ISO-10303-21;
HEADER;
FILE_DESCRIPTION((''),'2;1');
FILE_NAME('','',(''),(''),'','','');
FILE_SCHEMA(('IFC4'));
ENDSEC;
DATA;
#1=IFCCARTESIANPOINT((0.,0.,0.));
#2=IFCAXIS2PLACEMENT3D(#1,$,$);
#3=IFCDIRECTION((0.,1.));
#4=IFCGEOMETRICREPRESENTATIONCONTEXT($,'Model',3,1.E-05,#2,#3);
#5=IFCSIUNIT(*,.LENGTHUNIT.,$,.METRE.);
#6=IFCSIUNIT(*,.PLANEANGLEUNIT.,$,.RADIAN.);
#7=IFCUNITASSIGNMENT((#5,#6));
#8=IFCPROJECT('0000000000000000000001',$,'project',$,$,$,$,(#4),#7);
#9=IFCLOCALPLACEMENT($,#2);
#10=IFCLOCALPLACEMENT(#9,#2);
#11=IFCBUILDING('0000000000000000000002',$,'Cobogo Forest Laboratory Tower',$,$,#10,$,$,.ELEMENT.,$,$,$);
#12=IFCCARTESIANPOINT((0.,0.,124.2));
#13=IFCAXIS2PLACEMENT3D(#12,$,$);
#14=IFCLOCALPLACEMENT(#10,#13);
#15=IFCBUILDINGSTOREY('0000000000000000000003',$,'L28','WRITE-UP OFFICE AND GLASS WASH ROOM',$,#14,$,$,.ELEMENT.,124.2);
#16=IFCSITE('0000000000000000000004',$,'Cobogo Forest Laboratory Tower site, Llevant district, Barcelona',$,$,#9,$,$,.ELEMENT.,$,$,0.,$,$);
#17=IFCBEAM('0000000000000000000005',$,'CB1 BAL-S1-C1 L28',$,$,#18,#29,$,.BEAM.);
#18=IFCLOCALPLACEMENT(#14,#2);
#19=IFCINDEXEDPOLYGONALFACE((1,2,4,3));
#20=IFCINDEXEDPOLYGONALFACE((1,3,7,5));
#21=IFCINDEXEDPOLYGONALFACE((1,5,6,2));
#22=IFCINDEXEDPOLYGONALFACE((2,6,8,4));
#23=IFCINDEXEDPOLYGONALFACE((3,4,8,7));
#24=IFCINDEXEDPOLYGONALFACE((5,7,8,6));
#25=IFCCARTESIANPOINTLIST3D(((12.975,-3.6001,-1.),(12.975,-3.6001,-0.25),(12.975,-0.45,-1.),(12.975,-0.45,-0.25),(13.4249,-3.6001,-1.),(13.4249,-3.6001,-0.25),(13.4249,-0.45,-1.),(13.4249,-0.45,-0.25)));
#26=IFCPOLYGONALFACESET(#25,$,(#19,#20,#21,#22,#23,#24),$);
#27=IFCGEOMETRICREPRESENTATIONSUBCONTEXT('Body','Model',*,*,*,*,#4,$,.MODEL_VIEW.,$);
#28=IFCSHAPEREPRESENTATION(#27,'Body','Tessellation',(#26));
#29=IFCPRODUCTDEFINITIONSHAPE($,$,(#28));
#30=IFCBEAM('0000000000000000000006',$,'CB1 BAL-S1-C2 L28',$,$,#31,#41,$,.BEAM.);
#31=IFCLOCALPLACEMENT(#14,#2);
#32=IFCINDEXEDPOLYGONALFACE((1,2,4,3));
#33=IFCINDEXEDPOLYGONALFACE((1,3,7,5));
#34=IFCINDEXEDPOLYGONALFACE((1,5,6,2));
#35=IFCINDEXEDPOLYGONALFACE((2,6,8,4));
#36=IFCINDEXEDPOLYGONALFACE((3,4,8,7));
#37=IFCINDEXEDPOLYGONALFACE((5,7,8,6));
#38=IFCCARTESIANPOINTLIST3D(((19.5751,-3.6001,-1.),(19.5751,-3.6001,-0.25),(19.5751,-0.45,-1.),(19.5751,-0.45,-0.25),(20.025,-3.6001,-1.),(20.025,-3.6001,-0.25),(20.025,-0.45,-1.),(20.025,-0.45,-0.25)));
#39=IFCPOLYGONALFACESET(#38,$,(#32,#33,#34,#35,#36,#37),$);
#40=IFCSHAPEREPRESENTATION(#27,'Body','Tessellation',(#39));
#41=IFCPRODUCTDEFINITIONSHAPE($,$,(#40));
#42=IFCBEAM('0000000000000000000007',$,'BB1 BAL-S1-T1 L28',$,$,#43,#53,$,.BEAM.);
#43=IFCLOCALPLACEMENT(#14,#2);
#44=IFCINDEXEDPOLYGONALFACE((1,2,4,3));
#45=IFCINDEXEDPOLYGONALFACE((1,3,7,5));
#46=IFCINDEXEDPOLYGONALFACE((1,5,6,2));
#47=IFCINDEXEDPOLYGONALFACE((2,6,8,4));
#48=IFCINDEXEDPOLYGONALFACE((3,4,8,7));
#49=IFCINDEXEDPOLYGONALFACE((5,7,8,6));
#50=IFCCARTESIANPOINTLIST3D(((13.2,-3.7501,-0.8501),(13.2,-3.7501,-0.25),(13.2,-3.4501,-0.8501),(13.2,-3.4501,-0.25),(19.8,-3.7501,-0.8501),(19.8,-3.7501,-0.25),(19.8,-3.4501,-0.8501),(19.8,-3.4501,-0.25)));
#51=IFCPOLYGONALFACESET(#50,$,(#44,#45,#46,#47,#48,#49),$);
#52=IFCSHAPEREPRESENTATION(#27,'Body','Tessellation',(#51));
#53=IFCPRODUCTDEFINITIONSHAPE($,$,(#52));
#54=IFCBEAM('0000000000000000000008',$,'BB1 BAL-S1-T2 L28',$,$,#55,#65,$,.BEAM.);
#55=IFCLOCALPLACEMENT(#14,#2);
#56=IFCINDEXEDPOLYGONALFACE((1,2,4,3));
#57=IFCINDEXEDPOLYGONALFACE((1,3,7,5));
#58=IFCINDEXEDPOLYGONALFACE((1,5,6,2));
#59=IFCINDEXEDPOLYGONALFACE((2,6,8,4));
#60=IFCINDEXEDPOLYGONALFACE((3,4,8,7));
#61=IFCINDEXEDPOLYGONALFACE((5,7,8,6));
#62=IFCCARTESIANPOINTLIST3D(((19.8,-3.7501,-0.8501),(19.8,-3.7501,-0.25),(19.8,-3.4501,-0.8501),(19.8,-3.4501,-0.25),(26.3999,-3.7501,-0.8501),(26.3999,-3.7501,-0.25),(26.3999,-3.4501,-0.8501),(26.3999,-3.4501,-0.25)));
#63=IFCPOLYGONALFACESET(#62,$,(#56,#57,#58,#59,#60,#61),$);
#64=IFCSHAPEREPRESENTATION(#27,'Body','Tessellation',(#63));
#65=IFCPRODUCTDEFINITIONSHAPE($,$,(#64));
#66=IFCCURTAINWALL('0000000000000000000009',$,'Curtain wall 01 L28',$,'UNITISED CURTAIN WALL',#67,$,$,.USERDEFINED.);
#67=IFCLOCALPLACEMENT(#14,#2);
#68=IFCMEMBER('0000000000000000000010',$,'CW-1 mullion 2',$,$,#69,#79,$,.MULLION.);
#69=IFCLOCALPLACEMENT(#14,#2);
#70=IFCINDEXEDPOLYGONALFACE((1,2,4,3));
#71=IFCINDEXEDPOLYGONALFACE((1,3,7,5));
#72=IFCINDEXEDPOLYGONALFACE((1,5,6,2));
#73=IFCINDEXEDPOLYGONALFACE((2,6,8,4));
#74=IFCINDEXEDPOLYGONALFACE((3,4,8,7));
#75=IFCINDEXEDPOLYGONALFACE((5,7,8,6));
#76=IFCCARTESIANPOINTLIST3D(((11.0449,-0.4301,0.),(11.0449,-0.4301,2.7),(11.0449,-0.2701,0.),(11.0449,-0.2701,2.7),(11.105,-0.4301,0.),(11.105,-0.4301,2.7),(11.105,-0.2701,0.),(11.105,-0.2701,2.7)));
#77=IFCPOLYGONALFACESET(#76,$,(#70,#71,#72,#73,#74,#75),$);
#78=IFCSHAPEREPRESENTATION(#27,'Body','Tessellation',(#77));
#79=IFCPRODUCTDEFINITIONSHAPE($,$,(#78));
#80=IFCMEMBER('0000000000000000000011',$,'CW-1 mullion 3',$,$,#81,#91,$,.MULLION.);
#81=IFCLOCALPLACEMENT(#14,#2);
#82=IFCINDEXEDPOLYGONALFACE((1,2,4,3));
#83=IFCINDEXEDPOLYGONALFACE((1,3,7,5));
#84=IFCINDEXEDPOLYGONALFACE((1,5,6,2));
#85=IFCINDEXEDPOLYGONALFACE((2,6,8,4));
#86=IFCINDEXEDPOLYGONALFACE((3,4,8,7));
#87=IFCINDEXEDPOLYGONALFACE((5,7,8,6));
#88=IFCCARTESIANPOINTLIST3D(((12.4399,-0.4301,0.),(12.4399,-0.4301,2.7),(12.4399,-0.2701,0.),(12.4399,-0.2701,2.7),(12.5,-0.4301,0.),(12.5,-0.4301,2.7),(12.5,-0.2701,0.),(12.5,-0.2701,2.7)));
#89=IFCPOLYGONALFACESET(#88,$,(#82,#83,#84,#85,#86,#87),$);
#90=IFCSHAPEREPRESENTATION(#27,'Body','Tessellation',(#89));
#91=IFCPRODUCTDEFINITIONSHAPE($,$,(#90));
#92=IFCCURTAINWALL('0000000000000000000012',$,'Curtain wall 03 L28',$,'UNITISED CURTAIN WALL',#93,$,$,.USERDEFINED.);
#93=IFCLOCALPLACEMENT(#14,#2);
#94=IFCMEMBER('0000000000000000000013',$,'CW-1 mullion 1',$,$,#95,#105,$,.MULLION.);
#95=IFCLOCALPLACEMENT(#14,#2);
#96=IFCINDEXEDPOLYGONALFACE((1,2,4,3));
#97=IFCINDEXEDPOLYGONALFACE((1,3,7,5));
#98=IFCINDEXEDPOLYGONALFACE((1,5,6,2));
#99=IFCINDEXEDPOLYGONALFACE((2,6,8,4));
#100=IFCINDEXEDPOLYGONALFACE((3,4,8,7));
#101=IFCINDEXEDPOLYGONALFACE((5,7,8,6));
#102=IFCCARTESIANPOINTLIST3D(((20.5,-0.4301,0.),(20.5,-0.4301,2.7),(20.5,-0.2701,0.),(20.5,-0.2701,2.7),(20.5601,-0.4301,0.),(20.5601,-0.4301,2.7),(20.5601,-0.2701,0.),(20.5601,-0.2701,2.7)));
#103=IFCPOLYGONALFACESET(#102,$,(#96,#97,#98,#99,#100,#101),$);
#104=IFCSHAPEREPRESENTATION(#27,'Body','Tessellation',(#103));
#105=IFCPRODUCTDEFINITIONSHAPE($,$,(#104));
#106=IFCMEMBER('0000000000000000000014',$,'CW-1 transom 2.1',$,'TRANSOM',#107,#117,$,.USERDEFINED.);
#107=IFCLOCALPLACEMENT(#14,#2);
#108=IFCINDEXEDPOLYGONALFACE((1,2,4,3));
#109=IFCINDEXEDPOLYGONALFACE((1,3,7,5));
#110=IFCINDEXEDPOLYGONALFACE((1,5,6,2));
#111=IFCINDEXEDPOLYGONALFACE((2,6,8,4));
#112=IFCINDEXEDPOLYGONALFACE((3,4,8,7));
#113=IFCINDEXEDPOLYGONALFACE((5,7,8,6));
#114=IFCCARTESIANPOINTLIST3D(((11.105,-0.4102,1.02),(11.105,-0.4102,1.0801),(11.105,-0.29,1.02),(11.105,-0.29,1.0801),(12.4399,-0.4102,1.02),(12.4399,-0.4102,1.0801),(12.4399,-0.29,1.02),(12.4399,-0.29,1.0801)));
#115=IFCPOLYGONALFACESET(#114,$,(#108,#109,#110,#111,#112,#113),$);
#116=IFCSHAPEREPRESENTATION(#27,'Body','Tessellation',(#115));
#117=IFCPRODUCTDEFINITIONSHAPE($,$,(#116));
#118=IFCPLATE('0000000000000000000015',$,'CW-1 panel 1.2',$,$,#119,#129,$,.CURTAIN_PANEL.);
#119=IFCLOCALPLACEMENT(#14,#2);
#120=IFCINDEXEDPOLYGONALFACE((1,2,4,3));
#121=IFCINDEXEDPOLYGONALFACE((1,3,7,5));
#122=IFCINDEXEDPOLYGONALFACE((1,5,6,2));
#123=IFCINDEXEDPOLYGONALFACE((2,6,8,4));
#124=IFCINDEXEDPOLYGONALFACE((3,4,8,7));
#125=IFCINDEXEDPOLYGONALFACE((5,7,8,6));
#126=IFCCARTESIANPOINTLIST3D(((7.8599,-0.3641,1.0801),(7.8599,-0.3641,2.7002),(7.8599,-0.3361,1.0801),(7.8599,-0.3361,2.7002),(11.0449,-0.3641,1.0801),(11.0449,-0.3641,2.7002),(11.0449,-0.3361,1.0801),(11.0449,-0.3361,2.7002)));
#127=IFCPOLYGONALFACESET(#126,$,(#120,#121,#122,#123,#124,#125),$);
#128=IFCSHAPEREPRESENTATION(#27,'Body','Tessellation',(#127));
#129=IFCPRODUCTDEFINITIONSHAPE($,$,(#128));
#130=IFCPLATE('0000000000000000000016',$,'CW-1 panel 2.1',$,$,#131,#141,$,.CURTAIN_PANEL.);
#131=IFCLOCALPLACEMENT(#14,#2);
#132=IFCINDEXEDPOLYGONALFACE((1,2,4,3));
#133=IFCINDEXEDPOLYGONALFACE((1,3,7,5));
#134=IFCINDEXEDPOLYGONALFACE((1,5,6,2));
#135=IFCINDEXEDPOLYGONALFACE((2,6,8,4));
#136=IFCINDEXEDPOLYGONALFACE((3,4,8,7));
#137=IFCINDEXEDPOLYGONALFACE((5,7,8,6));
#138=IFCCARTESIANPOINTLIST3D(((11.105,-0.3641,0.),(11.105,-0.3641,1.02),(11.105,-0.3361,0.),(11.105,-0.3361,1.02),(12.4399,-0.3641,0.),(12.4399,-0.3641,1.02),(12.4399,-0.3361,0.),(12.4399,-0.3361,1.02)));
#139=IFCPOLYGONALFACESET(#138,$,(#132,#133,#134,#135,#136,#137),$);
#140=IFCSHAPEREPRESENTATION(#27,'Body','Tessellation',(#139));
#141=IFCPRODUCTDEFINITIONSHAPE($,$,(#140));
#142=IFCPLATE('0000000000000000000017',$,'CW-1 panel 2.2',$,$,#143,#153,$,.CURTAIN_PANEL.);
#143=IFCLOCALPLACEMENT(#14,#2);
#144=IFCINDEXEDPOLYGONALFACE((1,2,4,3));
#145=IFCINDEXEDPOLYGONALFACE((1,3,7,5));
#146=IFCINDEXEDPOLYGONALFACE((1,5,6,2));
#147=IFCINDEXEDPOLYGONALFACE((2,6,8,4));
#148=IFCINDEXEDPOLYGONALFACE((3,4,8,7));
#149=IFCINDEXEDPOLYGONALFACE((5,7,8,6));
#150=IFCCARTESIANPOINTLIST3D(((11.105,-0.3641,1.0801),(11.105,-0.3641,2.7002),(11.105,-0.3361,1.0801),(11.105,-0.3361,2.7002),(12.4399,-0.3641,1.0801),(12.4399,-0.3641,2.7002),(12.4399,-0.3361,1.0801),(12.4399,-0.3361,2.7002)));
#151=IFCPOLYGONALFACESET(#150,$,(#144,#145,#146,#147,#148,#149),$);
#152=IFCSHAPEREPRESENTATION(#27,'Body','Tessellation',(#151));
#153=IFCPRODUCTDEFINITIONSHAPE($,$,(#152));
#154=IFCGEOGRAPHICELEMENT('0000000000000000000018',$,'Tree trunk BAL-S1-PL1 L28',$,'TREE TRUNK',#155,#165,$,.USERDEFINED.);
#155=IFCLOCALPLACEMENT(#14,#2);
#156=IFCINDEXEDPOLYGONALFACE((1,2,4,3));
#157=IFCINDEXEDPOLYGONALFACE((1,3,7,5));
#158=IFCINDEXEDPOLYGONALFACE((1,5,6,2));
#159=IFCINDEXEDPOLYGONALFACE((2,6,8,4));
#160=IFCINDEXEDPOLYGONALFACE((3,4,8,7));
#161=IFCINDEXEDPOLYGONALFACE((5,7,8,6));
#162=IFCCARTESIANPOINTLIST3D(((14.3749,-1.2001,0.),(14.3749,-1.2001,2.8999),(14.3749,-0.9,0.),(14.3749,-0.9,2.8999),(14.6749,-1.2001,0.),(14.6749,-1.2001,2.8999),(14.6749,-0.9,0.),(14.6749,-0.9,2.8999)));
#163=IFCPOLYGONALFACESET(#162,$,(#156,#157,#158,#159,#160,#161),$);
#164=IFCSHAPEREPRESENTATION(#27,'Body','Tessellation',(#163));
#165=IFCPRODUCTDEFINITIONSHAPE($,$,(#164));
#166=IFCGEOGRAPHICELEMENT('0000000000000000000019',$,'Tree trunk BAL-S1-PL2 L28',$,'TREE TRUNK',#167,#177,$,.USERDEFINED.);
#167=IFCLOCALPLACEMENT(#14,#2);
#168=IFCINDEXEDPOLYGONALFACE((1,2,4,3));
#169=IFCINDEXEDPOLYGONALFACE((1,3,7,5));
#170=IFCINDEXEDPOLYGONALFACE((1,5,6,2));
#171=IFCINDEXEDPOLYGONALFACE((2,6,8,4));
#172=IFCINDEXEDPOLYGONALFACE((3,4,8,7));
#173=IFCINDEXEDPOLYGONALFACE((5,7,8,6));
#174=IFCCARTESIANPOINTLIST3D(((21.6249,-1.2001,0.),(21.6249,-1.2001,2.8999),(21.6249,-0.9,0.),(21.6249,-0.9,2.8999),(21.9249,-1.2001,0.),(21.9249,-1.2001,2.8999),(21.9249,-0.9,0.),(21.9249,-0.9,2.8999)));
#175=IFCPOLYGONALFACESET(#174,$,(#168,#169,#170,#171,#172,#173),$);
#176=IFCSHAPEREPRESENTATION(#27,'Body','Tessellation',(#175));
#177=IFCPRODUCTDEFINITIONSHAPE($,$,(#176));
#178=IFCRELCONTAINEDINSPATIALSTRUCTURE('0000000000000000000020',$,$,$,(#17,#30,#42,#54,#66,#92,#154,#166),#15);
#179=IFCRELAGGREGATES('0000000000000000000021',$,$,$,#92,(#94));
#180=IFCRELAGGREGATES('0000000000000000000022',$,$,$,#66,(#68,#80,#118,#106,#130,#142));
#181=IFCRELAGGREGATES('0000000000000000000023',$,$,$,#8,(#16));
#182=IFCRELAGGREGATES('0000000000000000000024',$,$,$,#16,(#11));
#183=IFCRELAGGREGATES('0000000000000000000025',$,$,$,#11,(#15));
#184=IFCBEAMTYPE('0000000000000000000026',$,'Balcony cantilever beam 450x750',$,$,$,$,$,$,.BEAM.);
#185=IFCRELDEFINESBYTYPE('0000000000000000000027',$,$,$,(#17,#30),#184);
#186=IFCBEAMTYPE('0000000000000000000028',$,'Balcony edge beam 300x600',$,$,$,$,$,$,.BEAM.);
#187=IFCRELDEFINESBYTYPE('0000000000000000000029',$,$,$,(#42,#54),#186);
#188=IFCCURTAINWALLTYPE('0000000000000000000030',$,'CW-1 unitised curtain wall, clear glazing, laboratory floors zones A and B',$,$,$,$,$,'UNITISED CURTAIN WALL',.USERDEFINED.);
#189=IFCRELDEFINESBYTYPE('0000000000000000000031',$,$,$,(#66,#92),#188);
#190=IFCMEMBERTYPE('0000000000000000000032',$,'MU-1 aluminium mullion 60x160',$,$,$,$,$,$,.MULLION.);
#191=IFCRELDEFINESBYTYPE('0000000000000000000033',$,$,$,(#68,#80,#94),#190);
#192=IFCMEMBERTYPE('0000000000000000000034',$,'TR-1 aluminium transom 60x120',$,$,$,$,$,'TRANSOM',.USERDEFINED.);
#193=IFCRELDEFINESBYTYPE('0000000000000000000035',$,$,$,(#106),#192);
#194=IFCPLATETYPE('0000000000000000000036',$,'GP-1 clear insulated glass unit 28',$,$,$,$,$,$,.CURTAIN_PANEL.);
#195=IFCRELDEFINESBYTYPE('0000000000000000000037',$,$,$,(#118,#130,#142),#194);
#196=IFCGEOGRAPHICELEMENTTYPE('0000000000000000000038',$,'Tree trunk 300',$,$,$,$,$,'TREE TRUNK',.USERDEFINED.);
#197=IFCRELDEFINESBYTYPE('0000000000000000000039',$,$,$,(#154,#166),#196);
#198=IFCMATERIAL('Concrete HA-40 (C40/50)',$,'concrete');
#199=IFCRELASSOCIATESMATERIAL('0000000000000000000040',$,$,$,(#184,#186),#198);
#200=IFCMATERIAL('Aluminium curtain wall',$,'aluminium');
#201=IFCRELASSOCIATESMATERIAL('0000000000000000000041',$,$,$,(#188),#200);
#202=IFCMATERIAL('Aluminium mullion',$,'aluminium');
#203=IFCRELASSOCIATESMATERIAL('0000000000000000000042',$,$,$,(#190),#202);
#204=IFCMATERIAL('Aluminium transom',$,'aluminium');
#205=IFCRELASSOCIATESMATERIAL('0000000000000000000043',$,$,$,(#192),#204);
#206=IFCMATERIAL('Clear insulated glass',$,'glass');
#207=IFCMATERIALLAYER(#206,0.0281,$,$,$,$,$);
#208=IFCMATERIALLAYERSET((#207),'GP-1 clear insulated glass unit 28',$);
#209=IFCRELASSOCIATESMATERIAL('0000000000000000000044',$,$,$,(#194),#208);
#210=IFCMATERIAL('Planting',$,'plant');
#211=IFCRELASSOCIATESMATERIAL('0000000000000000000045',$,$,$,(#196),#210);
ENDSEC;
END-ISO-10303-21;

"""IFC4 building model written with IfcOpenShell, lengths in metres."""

from ifc_helpers import new_model, si_unit, direction, frame, origin, origin_2d, place, context, subcontext, project, spatial, rectangle, extrude, material, layer, layer_set, material_profile, profile_set, type_object, element, aggregate, save


model = new_model("IFC4")

# Units and contexts
model_context = context("Model", 3, precision=1e-05, world=origin(), true_north=direction((0.0, 1.0)))
body_context = subcontext(model_context, "Body", "Model", "MODEL_VIEW")
ifc_project = project(units=[si_unit("LENGTHUNIT", "METRE"), si_unit("PLANEANGLEUNIT", "RADIAN")], contexts=[model_context])

# Site, building, storey
site_placement = place(None, origin())
site = spatial("IfcSite", under=ifc_project, at=site_placement, Name="Cobogo Forest Laboratory Tower site, Llevant district, Barcelona", CompositionType="ELEMENT", RefElevation=0.0)
building_placement = place(site_placement, origin())
building = spatial("IfcBuilding", under=site, at=building_placement, Name="Cobogo Forest Laboratory Tower", CompositionType="ELEMENT")
storey_placement = place(building_placement, frame((0.0, 0.0, 124.2)))
storey = spatial("IfcBuildingStorey", under=building, at=storey_placement, Name="L28", Description="WRITE-UP OFFICE AND GLASS WASH ROOM", CompositionType="ELEMENT", Elevation=124.2)

# Beams
ifc_material_1 = material(Name="Concrete HA-40 (C40/50)", Category="concrete")
ifc_material_profile_1 = material_profile(ifc_material_1, rectangle(XDim=0.45, YDim=0.75, at=origin_2d()), Name="RC 450x750")
ifc_profile_set_1 = profile_set([ifc_material_profile_1], Name="Concrete HA-40 (C40/50)")
beam_type_1 = type_object("IfcBeamType", Name="Balcony cantilever beam 450x750", PredefinedType="BEAM", material=ifc_profile_set_1)
for number, where, z_axis, x_axis, name in (
    (1, (13.2, -0.45, -0.625), (0.0, -1.0, 0.0), (1.0, 0.0, 0.0), "CB1 BAL-S1-C1 L28"),
    (2, (19.8, -0.45, -0.625), (0.0, -1.0, 0.0), (1.0, 0.0, 0.0), "CB1 BAL-S1-C2 L28"),
):
    element("IfcBeam", number, at=place(storey_placement, frame(where, z_axis=z_axis, x_axis=x_axis)), inside=storey, type_object=beam_type_1, Name=name, PredefinedType="BEAM", context=body_context, shape_type="SweptSolid", body=[
        extrude(rectangle(XDim=0.45, YDim=0.75, at=origin_2d()), origin(), (0.0, 0.0, 1.0), 3.1501),
    ])
ifc_material_profile_2 = material_profile(ifc_material_1, rectangle(XDim=0.3, YDim=0.6001, at=origin_2d()), Name="RC 300x600")
ifc_profile_set_2 = profile_set([ifc_material_profile_2], Name="Concrete HA-40 (C40/50)")
beam_type_2 = type_object("IfcBeamType", Name="Balcony edge beam 300x600", PredefinedType="BEAM", material=ifc_profile_set_2)
beam_1_placement = place(storey_placement, frame((13.2, -3.6001, -0.55), z_axis=(1.0, 0.0, 0.0), x_axis=(0.0, 1.0, 0.0)))
element("IfcBeam", 3, at=beam_1_placement, inside=storey, type_object=beam_type_2, Name="BB1 BAL-S1-T1 L28", PredefinedType="BEAM", context=body_context, shape_type="SweptSolid", body=[
    extrude(rectangle(XDim=0.3, YDim=0.6001, at=origin_2d()), origin(), (0.0, 0.0, 1.0), 6.6001),
])
beam_2_placement = place(storey_placement, frame((19.8, -3.6001, -0.55), z_axis=(1.0, 0.0, 0.0), x_axis=(0.0, 1.0, 0.0)))
element("IfcBeam", 4, at=beam_2_placement, inside=storey, type_object=beam_type_2, Name="BB1 BAL-S1-T2 L28", PredefinedType="BEAM", context=body_context, shape_type="SweptSolid", body=[
    extrude(rectangle(XDim=0.3, YDim=0.6001, at=origin_2d()), origin(), (0.0, 0.0, 1.0), 6.5999),
])

# Curtain wall, members
ifc_material_2 = material(Name="Aluminium curtain wall", Category="aluminium")
curtain_wall_type = type_object("IfcCurtainWallType", Name="CW-1 unitised curtain wall, clear glazing, laboratory floors zones A and B", ElementType="UNITISED CURTAIN WALL", PredefinedType="USERDEFINED", material=ifc_material_2)
curtain_wall_1_placement = place(storey_placement, origin())
curtain_wall_1 = element("IfcCurtainWall", 5, at=curtain_wall_1_placement, inside=storey, type_object=curtain_wall_type, Name="Curtain wall 01 L28", ObjectType="UNITISED CURTAIN WALL", PredefinedType="USERDEFINED")
ifc_material_3 = material(Name="Aluminium mullion", Category="aluminium")
ifc_material_profile_3 = material_profile(ifc_material_3, rectangle(XDim=0.0601, YDim=0.1599, at=origin_2d()), Name="AL 60x160")
ifc_profile_set_3 = profile_set([ifc_material_profile_3], Name="Aluminium mullion")
member_type_1 = type_object("IfcMemberType", Name="MU-1 aluminium mullion 60x160", PredefinedType="MULLION", material=ifc_profile_set_3)
member_1_placement = place(storey_placement, frame((11.075, -0.3501, 0.0), z_axis=(0.0, 0.0, 1.0), x_axis=(1.0, 0.0, 0.0)))
member_1 = element("IfcMember", 6, at=member_1_placement, type_object=member_type_1, Name="CW-1 mullion 2", PredefinedType="MULLION", context=body_context, shape_type="SweptSolid", body=[
    extrude(rectangle(XDim=0.0601, YDim=0.1599, at=origin_2d()), origin(), (0.0, 0.0, 1.0), 2.7),
])
member_2_placement = place(storey_placement, frame((12.47, -0.3501, 0.0), z_axis=(0.0, 0.0, 1.0), x_axis=(1.0, 0.0, 0.0)))
member_2 = element("IfcMember", 7, at=member_2_placement, type_object=member_type_1, Name="CW-1 mullion 3", PredefinedType="MULLION", context=body_context, shape_type="SweptSolid", body=[
    extrude(rectangle(XDim=0.0601, YDim=0.1599, at=origin_2d()), origin(), (0.0, 0.0, 1.0), 2.7),
])

# Curtain wall, member
curtain_wall_2_placement = place(storey_placement, origin())
curtain_wall_2 = element("IfcCurtainWall", 8, at=curtain_wall_2_placement, inside=storey, type_object=curtain_wall_type, Name="Curtain wall 03 L28", ObjectType="UNITISED CURTAIN WALL", PredefinedType="USERDEFINED")
member_3_placement = place(storey_placement, frame((20.53, -0.3501, 0.0), z_axis=(0.0, 0.0, 1.0), x_axis=(1.0, 0.0, 0.0)))
member_3 = element("IfcMember", 9, at=member_3_placement, type_object=member_type_1, Name="CW-1 mullion 1", PredefinedType="MULLION", context=body_context, shape_type="SweptSolid", body=[
    extrude(rectangle(XDim=0.0601, YDim=0.1599, at=origin_2d()), origin(), (0.0, 0.0, 1.0), 2.7),
])
aggregate(curtain_wall_2, [member_3])

# Member
ifc_material_4 = material(Name="Aluminium transom", Category="aluminium")
ifc_material_profile_4 = material_profile(ifc_material_4, rectangle(XDim=0.1201, YDim=0.0601, at=origin_2d()), Name="AL 60x120")
ifc_profile_set_4 = profile_set([ifc_material_profile_4], Name="Aluminium transom")
member_type_2 = type_object("IfcMemberType", Name="TR-1 aluminium transom 60x120", ElementType="TRANSOM", PredefinedType="USERDEFINED", material=ifc_profile_set_4)
member_4_placement = place(storey_placement, frame((11.105, -0.3501, 1.05), z_axis=(1.0, 0.0, 0.0), x_axis=(0.0, 1.0, 0.0)))
member_4 = element("IfcMember", 10, at=member_4_placement, type_object=member_type_2, Name="CW-1 transom 2.1", ObjectType="TRANSOM", PredefinedType="USERDEFINED", context=body_context, shape_type="SweptSolid", body=[
    extrude(rectangle(XDim=0.1201, YDim=0.0601, at=origin_2d()), origin(), (0.0, 0.0, 1.0), 1.335),
])

# Plates
ifc_material_5 = material(Name="Clear insulated glass", Category="glass")
ifc_layer_1 = layer(ifc_material_5, 0.0281)
ifc_layer_set_1 = layer_set([ifc_layer_1], Name="GP-1 clear insulated glass unit 28")
plate_type = type_object("IfcPlateType", Name="GP-1 clear insulated glass unit 28", PredefinedType="CURTAIN_PANEL", material=ifc_layer_set_1)
plate_1_placement = place(storey_placement, frame((9.4524, -0.3501, 1.0801), z_axis=(0.0, 0.0, 1.0), x_axis=(1.0, 0.0, 0.0)))
plate_1 = element("IfcPlate", 11, at=plate_1_placement, type_object=plate_type, Name="CW-1 panel 1.2", PredefinedType="CURTAIN_PANEL", context=body_context, shape_type="SweptSolid", body=[
    extrude(rectangle(XDim=3.1851, YDim=0.0281, at=origin_2d()), origin(), (0.0, 0.0, 1.0), 1.6201),
])
plate_2_placement = place(storey_placement, frame((11.7725, -0.3501, 0.0), z_axis=(0.0, 0.0, 1.0), x_axis=(1.0, 0.0, 0.0)))
plate_2 = element("IfcPlate", 12, at=plate_2_placement, type_object=plate_type, Name="CW-1 panel 2.1", PredefinedType="CURTAIN_PANEL", context=body_context, shape_type="SweptSolid", body=[
    extrude(rectangle(XDim=1.335, YDim=0.0281, at=origin_2d()), origin(), (0.0, 0.0, 1.0), 1.02),
])
plate_3_placement = place(storey_placement, frame((11.7725, -0.3501, 1.0801), z_axis=(0.0, 0.0, 1.0), x_axis=(1.0, 0.0, 0.0)))
plate_3 = element("IfcPlate", 13, at=plate_3_placement, type_object=plate_type, Name="CW-1 panel 2.2", PredefinedType="CURTAIN_PANEL", context=body_context, shape_type="SweptSolid", body=[
    extrude(rectangle(XDim=1.335, YDim=0.0281, at=origin_2d()), origin(), (0.0, 0.0, 1.0), 1.6201),
])
aggregate(curtain_wall_1, [member_1, member_2, plate_1, member_4, plate_2, plate_3])

# Geographic elements
ifc_material_6 = material(Name="Planting", Category="plant")
geographic_element_type = type_object("IfcGeographicElementType", Name="Tree trunk 300", ElementType="TREE TRUNK", PredefinedType="USERDEFINED", material=ifc_material_6)
for number, where, z_axis, x_axis, name in (
    (14, (14.5249, -1.05, 0.0), (0.0, 0.0, 1.0), (1.0, 0.0, 0.0), "Tree trunk BAL-S1-PL1 L28"),
    (15, (21.7749, -1.05, 0.0), (0.0, 0.0, 1.0), (1.0, 0.0, 0.0), "Tree trunk BAL-S1-PL2 L28"),
):
    element("IfcGeographicElement", number, at=place(storey_placement, frame(where, z_axis=z_axis, x_axis=x_axis)), inside=storey, type_object=geographic_element_type, Name=name, ObjectType="TREE TRUNK", PredefinedType="USERDEFINED", context=body_context, shape_type="SweptSolid", body=[
        extrude(rectangle(XDim=0.3, YDim=0.3, at=origin_2d()), origin(), (0.0, 0.0, 1.0), 2.8999),
    ])

save(model, "model.ifc")
